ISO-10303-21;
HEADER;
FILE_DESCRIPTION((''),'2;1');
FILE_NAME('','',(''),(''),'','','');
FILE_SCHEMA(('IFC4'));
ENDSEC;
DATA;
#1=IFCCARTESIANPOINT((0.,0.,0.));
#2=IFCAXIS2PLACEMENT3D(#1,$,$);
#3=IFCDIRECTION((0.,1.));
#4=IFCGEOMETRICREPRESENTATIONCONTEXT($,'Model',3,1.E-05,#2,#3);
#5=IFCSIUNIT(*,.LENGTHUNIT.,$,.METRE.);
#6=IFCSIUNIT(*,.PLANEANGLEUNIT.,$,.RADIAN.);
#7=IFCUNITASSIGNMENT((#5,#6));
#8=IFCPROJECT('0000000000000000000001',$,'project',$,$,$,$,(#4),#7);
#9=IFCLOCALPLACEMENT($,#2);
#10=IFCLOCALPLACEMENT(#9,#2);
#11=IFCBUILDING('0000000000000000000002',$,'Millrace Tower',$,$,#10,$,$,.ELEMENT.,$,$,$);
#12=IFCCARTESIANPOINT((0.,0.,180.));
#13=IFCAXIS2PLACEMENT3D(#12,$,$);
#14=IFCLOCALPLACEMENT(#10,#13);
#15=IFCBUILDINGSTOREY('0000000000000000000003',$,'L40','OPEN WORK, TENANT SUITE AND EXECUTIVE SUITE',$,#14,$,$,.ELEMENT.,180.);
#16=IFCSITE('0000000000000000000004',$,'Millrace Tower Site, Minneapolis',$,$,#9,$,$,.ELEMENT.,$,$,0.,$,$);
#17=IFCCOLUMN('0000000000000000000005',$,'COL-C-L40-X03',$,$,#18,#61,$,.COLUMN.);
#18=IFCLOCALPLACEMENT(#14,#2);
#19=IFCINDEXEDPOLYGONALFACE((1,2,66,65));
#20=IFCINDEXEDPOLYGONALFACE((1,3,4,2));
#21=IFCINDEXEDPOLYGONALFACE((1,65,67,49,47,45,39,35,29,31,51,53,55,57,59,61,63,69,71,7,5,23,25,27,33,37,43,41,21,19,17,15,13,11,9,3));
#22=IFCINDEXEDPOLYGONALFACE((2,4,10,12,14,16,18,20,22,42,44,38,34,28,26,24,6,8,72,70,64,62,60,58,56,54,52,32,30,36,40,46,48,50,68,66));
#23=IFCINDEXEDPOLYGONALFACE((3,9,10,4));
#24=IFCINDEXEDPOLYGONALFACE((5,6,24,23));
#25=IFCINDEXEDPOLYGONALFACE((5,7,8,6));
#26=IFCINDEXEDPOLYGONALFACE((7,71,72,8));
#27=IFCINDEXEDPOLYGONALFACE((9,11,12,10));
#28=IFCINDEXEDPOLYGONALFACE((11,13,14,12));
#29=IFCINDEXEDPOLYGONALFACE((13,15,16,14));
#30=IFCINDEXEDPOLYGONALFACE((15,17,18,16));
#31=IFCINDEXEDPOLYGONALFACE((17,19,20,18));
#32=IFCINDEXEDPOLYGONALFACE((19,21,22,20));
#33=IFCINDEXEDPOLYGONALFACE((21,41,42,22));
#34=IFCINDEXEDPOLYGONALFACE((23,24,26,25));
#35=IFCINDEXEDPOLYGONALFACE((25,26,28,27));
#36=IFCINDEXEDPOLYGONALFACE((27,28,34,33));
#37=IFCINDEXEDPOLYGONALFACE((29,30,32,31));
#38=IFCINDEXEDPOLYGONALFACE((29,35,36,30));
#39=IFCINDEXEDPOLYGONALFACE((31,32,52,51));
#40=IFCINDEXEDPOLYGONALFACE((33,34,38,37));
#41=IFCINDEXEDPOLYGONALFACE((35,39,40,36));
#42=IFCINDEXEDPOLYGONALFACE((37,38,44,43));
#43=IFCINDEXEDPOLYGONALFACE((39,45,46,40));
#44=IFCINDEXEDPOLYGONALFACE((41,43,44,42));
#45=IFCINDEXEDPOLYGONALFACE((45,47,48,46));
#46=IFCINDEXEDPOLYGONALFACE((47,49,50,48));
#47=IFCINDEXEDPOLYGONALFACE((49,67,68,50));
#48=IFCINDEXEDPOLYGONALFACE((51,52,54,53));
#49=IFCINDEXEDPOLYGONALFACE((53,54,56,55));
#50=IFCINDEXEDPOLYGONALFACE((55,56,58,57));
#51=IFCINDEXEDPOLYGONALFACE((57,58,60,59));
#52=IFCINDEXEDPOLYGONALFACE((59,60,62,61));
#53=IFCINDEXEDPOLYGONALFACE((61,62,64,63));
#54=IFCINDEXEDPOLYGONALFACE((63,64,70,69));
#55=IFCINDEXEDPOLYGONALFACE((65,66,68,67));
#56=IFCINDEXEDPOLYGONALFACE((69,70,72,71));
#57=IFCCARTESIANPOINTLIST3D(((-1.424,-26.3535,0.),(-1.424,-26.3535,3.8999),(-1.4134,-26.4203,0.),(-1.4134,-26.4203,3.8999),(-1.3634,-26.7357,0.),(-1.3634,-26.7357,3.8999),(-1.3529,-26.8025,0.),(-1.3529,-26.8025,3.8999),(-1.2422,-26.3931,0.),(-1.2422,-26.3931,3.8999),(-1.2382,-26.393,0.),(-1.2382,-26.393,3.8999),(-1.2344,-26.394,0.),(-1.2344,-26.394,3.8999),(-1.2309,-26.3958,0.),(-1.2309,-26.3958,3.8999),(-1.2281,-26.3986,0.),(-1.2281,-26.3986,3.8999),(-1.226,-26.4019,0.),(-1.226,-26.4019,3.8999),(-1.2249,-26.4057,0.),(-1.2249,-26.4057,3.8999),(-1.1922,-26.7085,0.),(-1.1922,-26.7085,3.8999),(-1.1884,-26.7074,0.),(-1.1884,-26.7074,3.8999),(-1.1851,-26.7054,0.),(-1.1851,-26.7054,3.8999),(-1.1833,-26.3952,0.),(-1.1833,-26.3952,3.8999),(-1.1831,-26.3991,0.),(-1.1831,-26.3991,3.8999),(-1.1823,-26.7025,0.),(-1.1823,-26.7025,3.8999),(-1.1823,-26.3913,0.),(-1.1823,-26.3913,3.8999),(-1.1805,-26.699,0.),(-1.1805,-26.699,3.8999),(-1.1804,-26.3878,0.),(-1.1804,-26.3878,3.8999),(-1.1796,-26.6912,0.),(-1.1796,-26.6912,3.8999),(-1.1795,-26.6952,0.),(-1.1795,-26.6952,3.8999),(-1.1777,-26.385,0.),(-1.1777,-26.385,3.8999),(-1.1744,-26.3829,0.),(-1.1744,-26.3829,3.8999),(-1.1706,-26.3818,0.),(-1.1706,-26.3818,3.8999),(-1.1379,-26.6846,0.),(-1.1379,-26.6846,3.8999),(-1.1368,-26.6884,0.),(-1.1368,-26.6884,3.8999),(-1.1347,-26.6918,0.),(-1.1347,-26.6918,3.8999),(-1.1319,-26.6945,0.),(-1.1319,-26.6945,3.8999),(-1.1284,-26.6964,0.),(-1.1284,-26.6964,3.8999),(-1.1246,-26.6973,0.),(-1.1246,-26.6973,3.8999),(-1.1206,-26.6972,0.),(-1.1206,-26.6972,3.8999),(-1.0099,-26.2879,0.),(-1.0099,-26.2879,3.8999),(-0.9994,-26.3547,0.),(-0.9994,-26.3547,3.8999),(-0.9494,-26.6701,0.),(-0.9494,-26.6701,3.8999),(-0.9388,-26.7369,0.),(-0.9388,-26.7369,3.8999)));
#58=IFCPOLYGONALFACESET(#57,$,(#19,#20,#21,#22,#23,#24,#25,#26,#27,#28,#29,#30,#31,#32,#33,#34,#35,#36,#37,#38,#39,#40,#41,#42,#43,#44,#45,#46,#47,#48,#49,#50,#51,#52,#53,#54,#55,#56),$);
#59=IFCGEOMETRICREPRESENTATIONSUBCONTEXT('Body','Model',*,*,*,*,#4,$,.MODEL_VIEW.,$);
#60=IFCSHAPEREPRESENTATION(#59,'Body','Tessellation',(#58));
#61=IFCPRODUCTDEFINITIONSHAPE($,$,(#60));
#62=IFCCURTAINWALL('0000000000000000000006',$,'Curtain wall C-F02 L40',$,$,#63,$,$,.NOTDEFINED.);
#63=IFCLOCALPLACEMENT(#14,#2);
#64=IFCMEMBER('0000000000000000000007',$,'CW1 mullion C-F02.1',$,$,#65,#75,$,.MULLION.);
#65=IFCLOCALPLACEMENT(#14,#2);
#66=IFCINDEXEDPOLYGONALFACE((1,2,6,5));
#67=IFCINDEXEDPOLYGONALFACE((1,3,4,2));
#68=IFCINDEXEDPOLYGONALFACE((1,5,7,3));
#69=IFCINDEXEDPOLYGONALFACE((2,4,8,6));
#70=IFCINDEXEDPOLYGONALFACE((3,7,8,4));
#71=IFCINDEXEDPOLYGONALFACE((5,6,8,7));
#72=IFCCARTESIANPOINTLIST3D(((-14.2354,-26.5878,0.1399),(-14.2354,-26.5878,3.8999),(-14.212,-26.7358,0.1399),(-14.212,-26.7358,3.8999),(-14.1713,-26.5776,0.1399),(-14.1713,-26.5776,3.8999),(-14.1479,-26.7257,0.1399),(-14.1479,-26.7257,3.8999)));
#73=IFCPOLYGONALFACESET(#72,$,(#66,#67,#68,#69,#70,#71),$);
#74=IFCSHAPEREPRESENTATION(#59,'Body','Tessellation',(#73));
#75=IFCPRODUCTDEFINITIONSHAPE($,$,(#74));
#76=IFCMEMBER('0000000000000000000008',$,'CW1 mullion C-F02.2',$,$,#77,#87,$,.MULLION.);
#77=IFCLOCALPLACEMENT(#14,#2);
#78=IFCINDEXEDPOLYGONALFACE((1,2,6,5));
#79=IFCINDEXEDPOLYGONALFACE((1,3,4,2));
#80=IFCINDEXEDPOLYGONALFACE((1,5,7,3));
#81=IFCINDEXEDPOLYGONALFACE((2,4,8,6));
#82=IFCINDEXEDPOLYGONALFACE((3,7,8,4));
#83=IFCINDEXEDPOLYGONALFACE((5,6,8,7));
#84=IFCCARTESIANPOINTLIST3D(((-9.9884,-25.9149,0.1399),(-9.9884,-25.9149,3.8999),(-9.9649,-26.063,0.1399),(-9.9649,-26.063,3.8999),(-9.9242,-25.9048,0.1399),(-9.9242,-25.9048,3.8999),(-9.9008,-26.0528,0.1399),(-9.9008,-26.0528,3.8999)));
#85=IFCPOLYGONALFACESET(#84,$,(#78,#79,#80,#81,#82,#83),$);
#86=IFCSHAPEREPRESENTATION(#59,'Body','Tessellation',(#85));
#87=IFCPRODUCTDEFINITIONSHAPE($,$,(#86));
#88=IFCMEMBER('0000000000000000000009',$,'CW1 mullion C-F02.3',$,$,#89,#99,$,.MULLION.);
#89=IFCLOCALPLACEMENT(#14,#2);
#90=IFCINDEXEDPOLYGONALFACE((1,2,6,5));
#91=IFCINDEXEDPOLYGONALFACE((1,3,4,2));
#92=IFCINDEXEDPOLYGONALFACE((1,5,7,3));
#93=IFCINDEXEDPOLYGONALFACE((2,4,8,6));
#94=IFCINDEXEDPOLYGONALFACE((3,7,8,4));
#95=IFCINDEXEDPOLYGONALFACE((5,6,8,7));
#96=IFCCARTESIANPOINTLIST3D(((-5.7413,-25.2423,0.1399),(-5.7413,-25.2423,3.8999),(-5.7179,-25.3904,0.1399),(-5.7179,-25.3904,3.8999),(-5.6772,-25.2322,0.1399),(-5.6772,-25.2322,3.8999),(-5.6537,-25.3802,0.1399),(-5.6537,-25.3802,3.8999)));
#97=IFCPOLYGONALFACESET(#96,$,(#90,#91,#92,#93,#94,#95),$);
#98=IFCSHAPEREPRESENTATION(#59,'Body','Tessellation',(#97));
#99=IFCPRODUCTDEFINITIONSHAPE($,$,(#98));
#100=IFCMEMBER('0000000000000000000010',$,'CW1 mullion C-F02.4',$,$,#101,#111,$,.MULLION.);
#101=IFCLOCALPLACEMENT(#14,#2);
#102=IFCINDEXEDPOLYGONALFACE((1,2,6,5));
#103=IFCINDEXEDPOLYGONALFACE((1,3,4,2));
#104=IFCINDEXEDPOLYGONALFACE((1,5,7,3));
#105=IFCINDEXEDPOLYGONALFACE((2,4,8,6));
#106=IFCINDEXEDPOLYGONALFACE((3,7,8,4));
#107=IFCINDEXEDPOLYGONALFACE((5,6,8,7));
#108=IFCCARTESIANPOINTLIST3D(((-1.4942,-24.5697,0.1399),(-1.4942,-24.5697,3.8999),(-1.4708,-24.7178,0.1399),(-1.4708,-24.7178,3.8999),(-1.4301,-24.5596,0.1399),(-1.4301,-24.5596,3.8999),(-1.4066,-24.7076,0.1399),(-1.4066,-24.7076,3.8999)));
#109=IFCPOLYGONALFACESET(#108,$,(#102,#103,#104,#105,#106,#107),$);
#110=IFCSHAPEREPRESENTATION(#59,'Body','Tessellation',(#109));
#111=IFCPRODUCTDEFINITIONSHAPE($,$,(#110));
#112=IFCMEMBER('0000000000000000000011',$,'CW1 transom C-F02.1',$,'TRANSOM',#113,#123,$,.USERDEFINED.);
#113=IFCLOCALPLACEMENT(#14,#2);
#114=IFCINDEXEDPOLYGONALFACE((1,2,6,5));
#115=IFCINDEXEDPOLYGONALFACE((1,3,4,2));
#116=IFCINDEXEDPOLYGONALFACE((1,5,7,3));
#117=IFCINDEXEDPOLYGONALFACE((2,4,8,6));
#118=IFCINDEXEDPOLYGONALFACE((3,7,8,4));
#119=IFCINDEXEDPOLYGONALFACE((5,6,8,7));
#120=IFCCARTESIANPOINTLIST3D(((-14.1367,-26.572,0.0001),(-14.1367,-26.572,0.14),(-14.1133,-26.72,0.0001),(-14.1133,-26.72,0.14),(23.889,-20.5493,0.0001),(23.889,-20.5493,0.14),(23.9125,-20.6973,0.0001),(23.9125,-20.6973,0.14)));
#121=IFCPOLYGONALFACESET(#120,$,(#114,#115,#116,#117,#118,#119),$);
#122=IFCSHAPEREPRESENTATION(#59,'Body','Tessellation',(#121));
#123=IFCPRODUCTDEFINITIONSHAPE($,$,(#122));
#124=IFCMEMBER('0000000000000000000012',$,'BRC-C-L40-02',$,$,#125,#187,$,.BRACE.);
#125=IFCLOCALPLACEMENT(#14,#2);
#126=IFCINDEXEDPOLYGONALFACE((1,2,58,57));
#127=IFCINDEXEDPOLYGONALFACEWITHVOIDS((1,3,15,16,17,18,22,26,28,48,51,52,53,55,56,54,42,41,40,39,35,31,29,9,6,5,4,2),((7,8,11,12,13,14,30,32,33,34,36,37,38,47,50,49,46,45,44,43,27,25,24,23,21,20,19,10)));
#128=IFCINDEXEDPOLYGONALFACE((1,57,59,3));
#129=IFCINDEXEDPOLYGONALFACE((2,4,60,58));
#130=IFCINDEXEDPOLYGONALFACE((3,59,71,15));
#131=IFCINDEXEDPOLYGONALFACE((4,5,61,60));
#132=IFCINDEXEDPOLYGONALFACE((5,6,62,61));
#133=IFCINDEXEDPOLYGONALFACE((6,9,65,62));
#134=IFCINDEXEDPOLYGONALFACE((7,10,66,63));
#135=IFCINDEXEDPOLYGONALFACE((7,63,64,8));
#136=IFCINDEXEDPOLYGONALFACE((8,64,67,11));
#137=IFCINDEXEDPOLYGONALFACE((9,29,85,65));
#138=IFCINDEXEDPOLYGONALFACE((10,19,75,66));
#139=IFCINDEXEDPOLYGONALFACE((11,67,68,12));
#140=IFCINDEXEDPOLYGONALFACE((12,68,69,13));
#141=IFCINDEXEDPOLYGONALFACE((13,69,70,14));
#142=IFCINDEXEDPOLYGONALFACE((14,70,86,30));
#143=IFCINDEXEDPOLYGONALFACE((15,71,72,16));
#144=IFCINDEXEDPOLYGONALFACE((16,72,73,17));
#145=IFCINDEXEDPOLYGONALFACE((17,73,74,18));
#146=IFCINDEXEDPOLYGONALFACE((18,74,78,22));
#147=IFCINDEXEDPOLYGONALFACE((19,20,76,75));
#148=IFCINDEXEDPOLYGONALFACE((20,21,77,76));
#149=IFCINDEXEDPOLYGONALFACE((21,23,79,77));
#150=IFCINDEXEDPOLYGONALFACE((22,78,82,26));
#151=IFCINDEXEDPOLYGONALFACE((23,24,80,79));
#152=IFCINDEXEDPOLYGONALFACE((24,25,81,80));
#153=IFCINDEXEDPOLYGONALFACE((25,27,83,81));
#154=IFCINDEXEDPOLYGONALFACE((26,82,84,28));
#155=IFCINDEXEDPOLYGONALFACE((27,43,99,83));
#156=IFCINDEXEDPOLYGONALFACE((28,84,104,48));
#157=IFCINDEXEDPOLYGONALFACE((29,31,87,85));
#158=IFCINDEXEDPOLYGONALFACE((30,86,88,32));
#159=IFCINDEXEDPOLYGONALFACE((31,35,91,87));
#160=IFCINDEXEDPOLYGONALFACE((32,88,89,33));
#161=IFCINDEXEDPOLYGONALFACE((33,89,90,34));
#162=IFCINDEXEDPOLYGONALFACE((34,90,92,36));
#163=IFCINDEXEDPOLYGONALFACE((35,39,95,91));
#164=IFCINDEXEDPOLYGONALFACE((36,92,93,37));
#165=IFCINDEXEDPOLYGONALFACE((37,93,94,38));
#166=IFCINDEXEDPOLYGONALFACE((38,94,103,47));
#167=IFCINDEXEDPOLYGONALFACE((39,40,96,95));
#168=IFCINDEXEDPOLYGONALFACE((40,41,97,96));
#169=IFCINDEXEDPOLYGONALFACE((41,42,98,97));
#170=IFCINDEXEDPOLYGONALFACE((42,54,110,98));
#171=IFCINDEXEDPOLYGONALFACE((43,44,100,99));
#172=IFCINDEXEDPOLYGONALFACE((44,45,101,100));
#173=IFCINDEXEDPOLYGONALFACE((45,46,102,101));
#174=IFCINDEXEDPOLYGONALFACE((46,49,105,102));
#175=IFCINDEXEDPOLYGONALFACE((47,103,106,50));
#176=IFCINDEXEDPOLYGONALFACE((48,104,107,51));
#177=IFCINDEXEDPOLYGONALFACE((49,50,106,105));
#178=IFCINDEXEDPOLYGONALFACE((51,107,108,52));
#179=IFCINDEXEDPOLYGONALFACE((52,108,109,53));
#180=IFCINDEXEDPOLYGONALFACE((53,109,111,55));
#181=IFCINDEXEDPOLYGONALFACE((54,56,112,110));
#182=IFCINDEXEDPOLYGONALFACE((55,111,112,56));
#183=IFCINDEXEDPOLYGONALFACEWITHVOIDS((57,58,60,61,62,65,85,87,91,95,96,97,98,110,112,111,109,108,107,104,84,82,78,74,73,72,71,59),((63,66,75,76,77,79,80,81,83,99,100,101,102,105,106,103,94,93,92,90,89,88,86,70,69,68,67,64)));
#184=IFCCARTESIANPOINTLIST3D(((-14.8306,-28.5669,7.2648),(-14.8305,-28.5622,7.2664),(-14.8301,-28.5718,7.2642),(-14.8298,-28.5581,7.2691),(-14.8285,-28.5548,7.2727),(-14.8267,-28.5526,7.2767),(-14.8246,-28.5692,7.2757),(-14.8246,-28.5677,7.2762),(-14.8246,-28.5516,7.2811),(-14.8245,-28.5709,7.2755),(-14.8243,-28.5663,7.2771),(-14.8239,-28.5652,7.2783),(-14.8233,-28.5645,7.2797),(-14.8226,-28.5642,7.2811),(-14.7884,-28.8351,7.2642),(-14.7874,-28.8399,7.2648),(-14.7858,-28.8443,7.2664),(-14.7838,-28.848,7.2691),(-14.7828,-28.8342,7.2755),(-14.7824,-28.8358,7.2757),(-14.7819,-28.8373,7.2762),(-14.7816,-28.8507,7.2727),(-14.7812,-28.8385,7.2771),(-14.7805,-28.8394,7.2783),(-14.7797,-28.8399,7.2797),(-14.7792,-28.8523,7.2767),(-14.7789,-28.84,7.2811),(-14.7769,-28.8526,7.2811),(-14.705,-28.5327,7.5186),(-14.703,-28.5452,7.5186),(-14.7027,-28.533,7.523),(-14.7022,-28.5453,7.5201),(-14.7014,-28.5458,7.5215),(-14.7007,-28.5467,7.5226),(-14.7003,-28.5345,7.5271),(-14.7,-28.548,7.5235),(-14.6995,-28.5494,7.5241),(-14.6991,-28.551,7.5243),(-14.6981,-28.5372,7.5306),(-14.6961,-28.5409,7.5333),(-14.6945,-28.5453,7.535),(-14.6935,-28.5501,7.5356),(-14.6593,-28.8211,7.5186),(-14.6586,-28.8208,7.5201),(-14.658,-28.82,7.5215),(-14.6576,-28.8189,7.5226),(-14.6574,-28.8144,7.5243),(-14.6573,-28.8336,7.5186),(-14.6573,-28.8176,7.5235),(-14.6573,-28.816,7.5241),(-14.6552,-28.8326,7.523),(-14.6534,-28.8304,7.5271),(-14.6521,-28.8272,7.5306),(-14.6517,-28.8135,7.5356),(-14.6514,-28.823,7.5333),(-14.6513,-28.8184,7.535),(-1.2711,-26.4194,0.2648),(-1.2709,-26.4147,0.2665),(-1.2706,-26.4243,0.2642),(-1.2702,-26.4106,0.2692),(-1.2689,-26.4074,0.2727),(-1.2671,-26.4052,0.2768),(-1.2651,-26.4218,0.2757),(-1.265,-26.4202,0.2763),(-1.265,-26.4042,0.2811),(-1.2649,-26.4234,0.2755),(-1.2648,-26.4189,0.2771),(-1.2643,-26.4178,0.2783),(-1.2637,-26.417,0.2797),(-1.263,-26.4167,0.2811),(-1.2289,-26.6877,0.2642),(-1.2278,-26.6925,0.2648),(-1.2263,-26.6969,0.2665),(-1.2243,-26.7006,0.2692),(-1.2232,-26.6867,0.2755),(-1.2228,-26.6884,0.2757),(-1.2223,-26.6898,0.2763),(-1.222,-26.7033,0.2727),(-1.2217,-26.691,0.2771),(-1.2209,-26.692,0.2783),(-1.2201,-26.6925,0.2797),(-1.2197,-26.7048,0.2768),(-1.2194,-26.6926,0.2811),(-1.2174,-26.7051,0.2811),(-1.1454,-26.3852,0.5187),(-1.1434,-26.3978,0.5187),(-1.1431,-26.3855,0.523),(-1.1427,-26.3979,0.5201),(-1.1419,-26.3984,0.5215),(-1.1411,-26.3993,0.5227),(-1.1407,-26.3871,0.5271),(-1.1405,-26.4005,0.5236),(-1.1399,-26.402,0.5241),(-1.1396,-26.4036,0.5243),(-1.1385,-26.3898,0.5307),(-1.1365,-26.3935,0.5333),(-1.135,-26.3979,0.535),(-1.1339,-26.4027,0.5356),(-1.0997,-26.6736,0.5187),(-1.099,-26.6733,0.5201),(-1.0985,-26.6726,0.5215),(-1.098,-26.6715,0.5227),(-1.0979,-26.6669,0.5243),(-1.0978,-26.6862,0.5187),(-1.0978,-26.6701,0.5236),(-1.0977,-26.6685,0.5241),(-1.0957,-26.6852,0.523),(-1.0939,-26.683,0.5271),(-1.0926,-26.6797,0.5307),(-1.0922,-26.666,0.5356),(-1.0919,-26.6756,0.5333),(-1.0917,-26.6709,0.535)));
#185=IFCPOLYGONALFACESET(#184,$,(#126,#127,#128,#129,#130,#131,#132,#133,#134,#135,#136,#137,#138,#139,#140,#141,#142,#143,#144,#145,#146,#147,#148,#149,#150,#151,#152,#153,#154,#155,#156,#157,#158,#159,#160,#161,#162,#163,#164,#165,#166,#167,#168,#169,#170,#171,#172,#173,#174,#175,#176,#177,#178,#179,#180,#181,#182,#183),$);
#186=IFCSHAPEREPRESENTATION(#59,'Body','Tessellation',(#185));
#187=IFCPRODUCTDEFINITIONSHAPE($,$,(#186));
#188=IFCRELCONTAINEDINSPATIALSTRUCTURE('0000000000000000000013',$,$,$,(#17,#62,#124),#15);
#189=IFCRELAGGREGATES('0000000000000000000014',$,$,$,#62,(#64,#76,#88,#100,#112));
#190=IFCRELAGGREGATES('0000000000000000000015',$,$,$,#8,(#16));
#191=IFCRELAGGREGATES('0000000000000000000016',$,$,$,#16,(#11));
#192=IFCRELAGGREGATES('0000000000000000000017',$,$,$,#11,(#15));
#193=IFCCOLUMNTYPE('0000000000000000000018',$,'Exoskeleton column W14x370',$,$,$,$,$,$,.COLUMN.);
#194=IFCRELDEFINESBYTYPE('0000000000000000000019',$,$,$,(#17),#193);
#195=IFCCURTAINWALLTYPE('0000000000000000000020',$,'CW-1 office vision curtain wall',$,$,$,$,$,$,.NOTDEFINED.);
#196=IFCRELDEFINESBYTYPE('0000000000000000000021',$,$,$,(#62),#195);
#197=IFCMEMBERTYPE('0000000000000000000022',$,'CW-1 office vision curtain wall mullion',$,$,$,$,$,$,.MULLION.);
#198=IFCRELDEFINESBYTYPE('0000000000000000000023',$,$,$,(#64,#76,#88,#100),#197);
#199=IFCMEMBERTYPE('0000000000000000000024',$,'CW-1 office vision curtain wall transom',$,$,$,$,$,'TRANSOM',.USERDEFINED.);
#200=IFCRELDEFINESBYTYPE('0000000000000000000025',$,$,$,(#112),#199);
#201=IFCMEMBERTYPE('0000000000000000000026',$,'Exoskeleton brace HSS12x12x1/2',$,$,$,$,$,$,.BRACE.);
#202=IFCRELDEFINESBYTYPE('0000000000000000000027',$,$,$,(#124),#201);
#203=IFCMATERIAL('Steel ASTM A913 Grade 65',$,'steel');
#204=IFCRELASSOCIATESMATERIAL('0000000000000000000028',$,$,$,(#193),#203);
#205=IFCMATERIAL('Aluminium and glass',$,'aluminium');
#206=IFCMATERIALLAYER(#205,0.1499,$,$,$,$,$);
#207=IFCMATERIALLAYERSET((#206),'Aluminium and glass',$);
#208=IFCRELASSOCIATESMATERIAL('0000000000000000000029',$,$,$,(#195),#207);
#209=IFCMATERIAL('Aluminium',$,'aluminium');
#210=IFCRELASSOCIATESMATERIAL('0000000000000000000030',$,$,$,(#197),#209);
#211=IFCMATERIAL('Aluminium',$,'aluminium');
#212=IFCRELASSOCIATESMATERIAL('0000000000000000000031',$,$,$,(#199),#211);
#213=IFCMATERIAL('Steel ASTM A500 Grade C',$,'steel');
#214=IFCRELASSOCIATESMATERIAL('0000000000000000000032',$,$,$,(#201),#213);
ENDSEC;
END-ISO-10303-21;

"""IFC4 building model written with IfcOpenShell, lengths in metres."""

from ifc_helpers import new_model, si_unit, direction, frame, origin, origin_2d, place, context, subcontext, project, spatial, rectangle, hollow_rectangle, i_section, extrude, material, layer, layer_set, material_profile, profile_set, type_object, element, aggregate, save


model = new_model("IFC4")

# Units and contexts
model_context = context("Model", 3, precision=1e-05, world=origin(), true_north=direction((0.0, 1.0)))
body_context = subcontext(model_context, "Body", "Model", "MODEL_VIEW")
ifc_project = project(units=[si_unit("LENGTHUNIT", "METRE"), si_unit("PLANEANGLEUNIT", "RADIAN")], contexts=[model_context])

# Site, building, storey
site_placement = place(None, origin())
site = spatial("IfcSite", under=ifc_project, at=site_placement, Name="Millrace Tower Site, Minneapolis", CompositionType="ELEMENT", RefElevation=0.0)
building_placement = place(site_placement, origin())
building = spatial("IfcBuilding", under=site, at=building_placement, Name="Millrace Tower", CompositionType="ELEMENT")
storey_placement = place(building_placement, frame((0.0, 0.0, 180.0)))
storey = spatial("IfcBuildingStorey", under=building, at=storey_placement, Name="L40", Description="OPEN WORK, TENANT SUITE AND EXECUTIVE SUITE", CompositionType="ELEMENT", Elevation=180.0)

# Column
ifc_material_1 = material(Name="Steel ASTM A913 Grade 65", Category="steel")
ifc_material_profile_1 = material_profile(ifc_material_1, i_section(OverallWidth=0.4192, OverallDepth=0.4546, WebThickness=0.0422, FlangeThickness=0.0676, FilletRadius=0.0151, at=origin_2d()))
ifc_profile_set_1 = profile_set([ifc_material_profile_1], Name="Steel ASTM A913 Grade 65")
column_type = type_object("IfcColumnType", Name="Exoskeleton column W14x370", PredefinedType="COLUMN", material=ifc_profile_set_1)
column_placement = place(storey_placement, frame((-1.1814, -26.5452, 0.0), z_axis=(0.0, 0.0, 1.0), x_axis=(0.987688, 0.156434, 0.0)))
element("IfcColumn", 1, at=column_placement, inside=storey, type_object=column_type, Name="COL-C-L40-X03", PredefinedType="COLUMN", context=body_context, shape_type="SweptSolid", body=[
    extrude(i_section(OverallWidth=0.4192, OverallDepth=0.4546, WebThickness=0.0422, FlangeThickness=0.0676, FilletRadius=0.0151, at=origin_2d()), origin(), (0.0, 0.0, 1.0), 3.8999),
])

# Curtain wall, members
ifc_material_2 = material(Name="Aluminium and glass", Category="aluminium")
ifc_layer_1 = layer(ifc_material_2, 0.1499)
ifc_layer_set_1 = layer_set([ifc_layer_1], Name="Aluminium and glass")
curtain_wall_type = type_object("IfcCurtainWallType", Name="CW-1 office vision curtain wall", PredefinedType="NOTDEFINED", material=ifc_layer_set_1)
curtain_wall_placement = place(storey_placement, origin())
curtain_wall = element("IfcCurtainWall", 2, at=curtain_wall_placement, inside=storey, type_object=curtain_wall_type, Name="Curtain wall C-F02 L40", PredefinedType="NOTDEFINED")
ifc_material_3 = material(Name="Aluminium", Category="aluminium")
ifc_material_profile_2 = material_profile(ifc_material_3, rectangle(XDim=0.0649, YDim=0.1499, at=origin_2d()))
ifc_profile_set_2 = profile_set([ifc_material_profile_2], Name="Aluminium")
member_type_1 = type_object("IfcMemberType", Name="CW-1 office vision curtain wall mullion", PredefinedType="MULLION", material=ifc_profile_set_2)
member_1_placement = place(storey_placement, frame((-14.1917, -26.6567, 0.1399), z_axis=(0.0, 0.0, 1.0), x_axis=(0.987688, 0.156434, 0.0)))
member_1 = element("IfcMember", 3, at=member_1_placement, type_object=member_type_1, Name="CW1 mullion C-F02.1", PredefinedType="MULLION", context=body_context, shape_type="SweptSolid", body=[
    extrude(rectangle(XDim=0.0649, YDim=0.1499, at=origin_2d()), origin(), (0.0, 0.0, 1.0), 3.76),
])
member_2_placement = place(storey_placement, frame((-9.9446, -25.9839, 0.1399), z_axis=(0.0, 0.0, 1.0), x_axis=(0.987688, 0.156434, 0.0)))
member_2 = element("IfcMember", 4, at=member_2_placement, type_object=member_type_1, Name="CW1 mullion C-F02.2", PredefinedType="MULLION", context=body_context, shape_type="SweptSolid", body=[
    extrude(rectangle(XDim=0.0649, YDim=0.1499, at=origin_2d()), origin(), (0.0, 0.0, 1.0), 3.76),
])
member_3_placement = place(storey_placement, frame((-5.6975, -25.3113, 0.1399), z_axis=(0.0, 0.0, 1.0), x_axis=(0.987688, 0.156434, 0.0)))
member_3 = element("IfcMember", 5, at=member_3_placement, type_object=member_type_1, Name="CW1 mullion C-F02.3", PredefinedType="MULLION", context=body_context, shape_type="SweptSolid", body=[
    extrude(rectangle(XDim=0.0649, YDim=0.1499, at=origin_2d()), origin(), (0.0, 0.0, 1.0), 3.76),
])
member_4_placement = place(storey_placement, frame((-1.4504, -24.6387, 0.1399), z_axis=(0.0, 0.0, 1.0), x_axis=(0.987688, 0.156434, 0.0)))
member_4 = element("IfcMember", 6, at=member_4_placement, type_object=member_type_1, Name="CW1 mullion C-F02.4", PredefinedType="MULLION", context=body_context, shape_type="SweptSolid", body=[
    extrude(rectangle(XDim=0.0649, YDim=0.1499, at=origin_2d()), origin(), (0.0, 0.0, 1.0), 3.76),
])
ifc_material_4 = material(Name="Aluminium", Category="aluminium")
ifc_material_profile_3 = material_profile(ifc_material_4, rectangle(XDim=0.1499, YDim=0.1399, at=origin_2d()))
ifc_profile_set_3 = profile_set([ifc_material_profile_3], Name="Aluminium")
member_type_2 = type_object("IfcMemberType", Name="CW-1 office vision curtain wall transom", ElementType="TRANSOM", PredefinedType="USERDEFINED", material=ifc_profile_set_3)
member_5_placement = place(storey_placement, frame((-14.125, -26.646, 0.0701), z_axis=(0.987688, 0.156434, 0.0), x_axis=(-0.156434, 0.987688, 0.0)))
member_5 = element("IfcMember", 7, at=member_5_placement, type_object=member_type_2, Name="CW1 transom C-F02.1", ObjectType="TRANSOM", PredefinedType="USERDEFINED", context=body_context, shape_type="SweptSolid", body=[
    extrude(rectangle(XDim=0.1499, YDim=0.1399, at=origin_2d()), origin(), (0.0, 0.0, 1.0), 38.4998),
])
aggregate(curtain_wall, [member_1, member_2, member_3, member_4, member_5])

# Member
ifc_material_5 = material(Name="Steel ASTM A500 Grade C", Category="steel")
ifc_material_profile_4 = material_profile(ifc_material_5, hollow_rectangle(XDim=0.3047, YDim=0.3047, WallThickness=0.0127, InnerFilletRadius=0.0063, OuterFilletRadius=0.019, at=origin_2d()))
ifc_profile_set_4 = profile_set([ifc_material_profile_4], Name="Steel ASTM A500 Grade C")
member_type_3 = type_object("IfcMemberType", Name="Exoskeleton brace HSS12x12x1/2", PredefinedType="BRACE", material=ifc_profile_set_4)
member_6_placement = place(storey_placement, frame((-1.1814, -26.5452, 0.3999), z_axis=(-0.87991, -0.139353, 0.454245), x_axis=(0.156423, -0.98769, 0.0)))
element("IfcMember", 8, at=member_6_placement, inside=storey, type_object=member_type_3, Name="BRC-C-L40-02", PredefinedType="BRACE", context=body_context, shape_type="SweptSolid", body=[
    extrude(hollow_rectangle(XDim=0.3047, YDim=0.3047, WallThickness=0.0127, InnerFilletRadius=0.0063, OuterFilletRadius=0.019, at=origin_2d()), origin(), (0.0, 0.0, 1.0), 15.4102),
])

save(model, "model.ifc")
